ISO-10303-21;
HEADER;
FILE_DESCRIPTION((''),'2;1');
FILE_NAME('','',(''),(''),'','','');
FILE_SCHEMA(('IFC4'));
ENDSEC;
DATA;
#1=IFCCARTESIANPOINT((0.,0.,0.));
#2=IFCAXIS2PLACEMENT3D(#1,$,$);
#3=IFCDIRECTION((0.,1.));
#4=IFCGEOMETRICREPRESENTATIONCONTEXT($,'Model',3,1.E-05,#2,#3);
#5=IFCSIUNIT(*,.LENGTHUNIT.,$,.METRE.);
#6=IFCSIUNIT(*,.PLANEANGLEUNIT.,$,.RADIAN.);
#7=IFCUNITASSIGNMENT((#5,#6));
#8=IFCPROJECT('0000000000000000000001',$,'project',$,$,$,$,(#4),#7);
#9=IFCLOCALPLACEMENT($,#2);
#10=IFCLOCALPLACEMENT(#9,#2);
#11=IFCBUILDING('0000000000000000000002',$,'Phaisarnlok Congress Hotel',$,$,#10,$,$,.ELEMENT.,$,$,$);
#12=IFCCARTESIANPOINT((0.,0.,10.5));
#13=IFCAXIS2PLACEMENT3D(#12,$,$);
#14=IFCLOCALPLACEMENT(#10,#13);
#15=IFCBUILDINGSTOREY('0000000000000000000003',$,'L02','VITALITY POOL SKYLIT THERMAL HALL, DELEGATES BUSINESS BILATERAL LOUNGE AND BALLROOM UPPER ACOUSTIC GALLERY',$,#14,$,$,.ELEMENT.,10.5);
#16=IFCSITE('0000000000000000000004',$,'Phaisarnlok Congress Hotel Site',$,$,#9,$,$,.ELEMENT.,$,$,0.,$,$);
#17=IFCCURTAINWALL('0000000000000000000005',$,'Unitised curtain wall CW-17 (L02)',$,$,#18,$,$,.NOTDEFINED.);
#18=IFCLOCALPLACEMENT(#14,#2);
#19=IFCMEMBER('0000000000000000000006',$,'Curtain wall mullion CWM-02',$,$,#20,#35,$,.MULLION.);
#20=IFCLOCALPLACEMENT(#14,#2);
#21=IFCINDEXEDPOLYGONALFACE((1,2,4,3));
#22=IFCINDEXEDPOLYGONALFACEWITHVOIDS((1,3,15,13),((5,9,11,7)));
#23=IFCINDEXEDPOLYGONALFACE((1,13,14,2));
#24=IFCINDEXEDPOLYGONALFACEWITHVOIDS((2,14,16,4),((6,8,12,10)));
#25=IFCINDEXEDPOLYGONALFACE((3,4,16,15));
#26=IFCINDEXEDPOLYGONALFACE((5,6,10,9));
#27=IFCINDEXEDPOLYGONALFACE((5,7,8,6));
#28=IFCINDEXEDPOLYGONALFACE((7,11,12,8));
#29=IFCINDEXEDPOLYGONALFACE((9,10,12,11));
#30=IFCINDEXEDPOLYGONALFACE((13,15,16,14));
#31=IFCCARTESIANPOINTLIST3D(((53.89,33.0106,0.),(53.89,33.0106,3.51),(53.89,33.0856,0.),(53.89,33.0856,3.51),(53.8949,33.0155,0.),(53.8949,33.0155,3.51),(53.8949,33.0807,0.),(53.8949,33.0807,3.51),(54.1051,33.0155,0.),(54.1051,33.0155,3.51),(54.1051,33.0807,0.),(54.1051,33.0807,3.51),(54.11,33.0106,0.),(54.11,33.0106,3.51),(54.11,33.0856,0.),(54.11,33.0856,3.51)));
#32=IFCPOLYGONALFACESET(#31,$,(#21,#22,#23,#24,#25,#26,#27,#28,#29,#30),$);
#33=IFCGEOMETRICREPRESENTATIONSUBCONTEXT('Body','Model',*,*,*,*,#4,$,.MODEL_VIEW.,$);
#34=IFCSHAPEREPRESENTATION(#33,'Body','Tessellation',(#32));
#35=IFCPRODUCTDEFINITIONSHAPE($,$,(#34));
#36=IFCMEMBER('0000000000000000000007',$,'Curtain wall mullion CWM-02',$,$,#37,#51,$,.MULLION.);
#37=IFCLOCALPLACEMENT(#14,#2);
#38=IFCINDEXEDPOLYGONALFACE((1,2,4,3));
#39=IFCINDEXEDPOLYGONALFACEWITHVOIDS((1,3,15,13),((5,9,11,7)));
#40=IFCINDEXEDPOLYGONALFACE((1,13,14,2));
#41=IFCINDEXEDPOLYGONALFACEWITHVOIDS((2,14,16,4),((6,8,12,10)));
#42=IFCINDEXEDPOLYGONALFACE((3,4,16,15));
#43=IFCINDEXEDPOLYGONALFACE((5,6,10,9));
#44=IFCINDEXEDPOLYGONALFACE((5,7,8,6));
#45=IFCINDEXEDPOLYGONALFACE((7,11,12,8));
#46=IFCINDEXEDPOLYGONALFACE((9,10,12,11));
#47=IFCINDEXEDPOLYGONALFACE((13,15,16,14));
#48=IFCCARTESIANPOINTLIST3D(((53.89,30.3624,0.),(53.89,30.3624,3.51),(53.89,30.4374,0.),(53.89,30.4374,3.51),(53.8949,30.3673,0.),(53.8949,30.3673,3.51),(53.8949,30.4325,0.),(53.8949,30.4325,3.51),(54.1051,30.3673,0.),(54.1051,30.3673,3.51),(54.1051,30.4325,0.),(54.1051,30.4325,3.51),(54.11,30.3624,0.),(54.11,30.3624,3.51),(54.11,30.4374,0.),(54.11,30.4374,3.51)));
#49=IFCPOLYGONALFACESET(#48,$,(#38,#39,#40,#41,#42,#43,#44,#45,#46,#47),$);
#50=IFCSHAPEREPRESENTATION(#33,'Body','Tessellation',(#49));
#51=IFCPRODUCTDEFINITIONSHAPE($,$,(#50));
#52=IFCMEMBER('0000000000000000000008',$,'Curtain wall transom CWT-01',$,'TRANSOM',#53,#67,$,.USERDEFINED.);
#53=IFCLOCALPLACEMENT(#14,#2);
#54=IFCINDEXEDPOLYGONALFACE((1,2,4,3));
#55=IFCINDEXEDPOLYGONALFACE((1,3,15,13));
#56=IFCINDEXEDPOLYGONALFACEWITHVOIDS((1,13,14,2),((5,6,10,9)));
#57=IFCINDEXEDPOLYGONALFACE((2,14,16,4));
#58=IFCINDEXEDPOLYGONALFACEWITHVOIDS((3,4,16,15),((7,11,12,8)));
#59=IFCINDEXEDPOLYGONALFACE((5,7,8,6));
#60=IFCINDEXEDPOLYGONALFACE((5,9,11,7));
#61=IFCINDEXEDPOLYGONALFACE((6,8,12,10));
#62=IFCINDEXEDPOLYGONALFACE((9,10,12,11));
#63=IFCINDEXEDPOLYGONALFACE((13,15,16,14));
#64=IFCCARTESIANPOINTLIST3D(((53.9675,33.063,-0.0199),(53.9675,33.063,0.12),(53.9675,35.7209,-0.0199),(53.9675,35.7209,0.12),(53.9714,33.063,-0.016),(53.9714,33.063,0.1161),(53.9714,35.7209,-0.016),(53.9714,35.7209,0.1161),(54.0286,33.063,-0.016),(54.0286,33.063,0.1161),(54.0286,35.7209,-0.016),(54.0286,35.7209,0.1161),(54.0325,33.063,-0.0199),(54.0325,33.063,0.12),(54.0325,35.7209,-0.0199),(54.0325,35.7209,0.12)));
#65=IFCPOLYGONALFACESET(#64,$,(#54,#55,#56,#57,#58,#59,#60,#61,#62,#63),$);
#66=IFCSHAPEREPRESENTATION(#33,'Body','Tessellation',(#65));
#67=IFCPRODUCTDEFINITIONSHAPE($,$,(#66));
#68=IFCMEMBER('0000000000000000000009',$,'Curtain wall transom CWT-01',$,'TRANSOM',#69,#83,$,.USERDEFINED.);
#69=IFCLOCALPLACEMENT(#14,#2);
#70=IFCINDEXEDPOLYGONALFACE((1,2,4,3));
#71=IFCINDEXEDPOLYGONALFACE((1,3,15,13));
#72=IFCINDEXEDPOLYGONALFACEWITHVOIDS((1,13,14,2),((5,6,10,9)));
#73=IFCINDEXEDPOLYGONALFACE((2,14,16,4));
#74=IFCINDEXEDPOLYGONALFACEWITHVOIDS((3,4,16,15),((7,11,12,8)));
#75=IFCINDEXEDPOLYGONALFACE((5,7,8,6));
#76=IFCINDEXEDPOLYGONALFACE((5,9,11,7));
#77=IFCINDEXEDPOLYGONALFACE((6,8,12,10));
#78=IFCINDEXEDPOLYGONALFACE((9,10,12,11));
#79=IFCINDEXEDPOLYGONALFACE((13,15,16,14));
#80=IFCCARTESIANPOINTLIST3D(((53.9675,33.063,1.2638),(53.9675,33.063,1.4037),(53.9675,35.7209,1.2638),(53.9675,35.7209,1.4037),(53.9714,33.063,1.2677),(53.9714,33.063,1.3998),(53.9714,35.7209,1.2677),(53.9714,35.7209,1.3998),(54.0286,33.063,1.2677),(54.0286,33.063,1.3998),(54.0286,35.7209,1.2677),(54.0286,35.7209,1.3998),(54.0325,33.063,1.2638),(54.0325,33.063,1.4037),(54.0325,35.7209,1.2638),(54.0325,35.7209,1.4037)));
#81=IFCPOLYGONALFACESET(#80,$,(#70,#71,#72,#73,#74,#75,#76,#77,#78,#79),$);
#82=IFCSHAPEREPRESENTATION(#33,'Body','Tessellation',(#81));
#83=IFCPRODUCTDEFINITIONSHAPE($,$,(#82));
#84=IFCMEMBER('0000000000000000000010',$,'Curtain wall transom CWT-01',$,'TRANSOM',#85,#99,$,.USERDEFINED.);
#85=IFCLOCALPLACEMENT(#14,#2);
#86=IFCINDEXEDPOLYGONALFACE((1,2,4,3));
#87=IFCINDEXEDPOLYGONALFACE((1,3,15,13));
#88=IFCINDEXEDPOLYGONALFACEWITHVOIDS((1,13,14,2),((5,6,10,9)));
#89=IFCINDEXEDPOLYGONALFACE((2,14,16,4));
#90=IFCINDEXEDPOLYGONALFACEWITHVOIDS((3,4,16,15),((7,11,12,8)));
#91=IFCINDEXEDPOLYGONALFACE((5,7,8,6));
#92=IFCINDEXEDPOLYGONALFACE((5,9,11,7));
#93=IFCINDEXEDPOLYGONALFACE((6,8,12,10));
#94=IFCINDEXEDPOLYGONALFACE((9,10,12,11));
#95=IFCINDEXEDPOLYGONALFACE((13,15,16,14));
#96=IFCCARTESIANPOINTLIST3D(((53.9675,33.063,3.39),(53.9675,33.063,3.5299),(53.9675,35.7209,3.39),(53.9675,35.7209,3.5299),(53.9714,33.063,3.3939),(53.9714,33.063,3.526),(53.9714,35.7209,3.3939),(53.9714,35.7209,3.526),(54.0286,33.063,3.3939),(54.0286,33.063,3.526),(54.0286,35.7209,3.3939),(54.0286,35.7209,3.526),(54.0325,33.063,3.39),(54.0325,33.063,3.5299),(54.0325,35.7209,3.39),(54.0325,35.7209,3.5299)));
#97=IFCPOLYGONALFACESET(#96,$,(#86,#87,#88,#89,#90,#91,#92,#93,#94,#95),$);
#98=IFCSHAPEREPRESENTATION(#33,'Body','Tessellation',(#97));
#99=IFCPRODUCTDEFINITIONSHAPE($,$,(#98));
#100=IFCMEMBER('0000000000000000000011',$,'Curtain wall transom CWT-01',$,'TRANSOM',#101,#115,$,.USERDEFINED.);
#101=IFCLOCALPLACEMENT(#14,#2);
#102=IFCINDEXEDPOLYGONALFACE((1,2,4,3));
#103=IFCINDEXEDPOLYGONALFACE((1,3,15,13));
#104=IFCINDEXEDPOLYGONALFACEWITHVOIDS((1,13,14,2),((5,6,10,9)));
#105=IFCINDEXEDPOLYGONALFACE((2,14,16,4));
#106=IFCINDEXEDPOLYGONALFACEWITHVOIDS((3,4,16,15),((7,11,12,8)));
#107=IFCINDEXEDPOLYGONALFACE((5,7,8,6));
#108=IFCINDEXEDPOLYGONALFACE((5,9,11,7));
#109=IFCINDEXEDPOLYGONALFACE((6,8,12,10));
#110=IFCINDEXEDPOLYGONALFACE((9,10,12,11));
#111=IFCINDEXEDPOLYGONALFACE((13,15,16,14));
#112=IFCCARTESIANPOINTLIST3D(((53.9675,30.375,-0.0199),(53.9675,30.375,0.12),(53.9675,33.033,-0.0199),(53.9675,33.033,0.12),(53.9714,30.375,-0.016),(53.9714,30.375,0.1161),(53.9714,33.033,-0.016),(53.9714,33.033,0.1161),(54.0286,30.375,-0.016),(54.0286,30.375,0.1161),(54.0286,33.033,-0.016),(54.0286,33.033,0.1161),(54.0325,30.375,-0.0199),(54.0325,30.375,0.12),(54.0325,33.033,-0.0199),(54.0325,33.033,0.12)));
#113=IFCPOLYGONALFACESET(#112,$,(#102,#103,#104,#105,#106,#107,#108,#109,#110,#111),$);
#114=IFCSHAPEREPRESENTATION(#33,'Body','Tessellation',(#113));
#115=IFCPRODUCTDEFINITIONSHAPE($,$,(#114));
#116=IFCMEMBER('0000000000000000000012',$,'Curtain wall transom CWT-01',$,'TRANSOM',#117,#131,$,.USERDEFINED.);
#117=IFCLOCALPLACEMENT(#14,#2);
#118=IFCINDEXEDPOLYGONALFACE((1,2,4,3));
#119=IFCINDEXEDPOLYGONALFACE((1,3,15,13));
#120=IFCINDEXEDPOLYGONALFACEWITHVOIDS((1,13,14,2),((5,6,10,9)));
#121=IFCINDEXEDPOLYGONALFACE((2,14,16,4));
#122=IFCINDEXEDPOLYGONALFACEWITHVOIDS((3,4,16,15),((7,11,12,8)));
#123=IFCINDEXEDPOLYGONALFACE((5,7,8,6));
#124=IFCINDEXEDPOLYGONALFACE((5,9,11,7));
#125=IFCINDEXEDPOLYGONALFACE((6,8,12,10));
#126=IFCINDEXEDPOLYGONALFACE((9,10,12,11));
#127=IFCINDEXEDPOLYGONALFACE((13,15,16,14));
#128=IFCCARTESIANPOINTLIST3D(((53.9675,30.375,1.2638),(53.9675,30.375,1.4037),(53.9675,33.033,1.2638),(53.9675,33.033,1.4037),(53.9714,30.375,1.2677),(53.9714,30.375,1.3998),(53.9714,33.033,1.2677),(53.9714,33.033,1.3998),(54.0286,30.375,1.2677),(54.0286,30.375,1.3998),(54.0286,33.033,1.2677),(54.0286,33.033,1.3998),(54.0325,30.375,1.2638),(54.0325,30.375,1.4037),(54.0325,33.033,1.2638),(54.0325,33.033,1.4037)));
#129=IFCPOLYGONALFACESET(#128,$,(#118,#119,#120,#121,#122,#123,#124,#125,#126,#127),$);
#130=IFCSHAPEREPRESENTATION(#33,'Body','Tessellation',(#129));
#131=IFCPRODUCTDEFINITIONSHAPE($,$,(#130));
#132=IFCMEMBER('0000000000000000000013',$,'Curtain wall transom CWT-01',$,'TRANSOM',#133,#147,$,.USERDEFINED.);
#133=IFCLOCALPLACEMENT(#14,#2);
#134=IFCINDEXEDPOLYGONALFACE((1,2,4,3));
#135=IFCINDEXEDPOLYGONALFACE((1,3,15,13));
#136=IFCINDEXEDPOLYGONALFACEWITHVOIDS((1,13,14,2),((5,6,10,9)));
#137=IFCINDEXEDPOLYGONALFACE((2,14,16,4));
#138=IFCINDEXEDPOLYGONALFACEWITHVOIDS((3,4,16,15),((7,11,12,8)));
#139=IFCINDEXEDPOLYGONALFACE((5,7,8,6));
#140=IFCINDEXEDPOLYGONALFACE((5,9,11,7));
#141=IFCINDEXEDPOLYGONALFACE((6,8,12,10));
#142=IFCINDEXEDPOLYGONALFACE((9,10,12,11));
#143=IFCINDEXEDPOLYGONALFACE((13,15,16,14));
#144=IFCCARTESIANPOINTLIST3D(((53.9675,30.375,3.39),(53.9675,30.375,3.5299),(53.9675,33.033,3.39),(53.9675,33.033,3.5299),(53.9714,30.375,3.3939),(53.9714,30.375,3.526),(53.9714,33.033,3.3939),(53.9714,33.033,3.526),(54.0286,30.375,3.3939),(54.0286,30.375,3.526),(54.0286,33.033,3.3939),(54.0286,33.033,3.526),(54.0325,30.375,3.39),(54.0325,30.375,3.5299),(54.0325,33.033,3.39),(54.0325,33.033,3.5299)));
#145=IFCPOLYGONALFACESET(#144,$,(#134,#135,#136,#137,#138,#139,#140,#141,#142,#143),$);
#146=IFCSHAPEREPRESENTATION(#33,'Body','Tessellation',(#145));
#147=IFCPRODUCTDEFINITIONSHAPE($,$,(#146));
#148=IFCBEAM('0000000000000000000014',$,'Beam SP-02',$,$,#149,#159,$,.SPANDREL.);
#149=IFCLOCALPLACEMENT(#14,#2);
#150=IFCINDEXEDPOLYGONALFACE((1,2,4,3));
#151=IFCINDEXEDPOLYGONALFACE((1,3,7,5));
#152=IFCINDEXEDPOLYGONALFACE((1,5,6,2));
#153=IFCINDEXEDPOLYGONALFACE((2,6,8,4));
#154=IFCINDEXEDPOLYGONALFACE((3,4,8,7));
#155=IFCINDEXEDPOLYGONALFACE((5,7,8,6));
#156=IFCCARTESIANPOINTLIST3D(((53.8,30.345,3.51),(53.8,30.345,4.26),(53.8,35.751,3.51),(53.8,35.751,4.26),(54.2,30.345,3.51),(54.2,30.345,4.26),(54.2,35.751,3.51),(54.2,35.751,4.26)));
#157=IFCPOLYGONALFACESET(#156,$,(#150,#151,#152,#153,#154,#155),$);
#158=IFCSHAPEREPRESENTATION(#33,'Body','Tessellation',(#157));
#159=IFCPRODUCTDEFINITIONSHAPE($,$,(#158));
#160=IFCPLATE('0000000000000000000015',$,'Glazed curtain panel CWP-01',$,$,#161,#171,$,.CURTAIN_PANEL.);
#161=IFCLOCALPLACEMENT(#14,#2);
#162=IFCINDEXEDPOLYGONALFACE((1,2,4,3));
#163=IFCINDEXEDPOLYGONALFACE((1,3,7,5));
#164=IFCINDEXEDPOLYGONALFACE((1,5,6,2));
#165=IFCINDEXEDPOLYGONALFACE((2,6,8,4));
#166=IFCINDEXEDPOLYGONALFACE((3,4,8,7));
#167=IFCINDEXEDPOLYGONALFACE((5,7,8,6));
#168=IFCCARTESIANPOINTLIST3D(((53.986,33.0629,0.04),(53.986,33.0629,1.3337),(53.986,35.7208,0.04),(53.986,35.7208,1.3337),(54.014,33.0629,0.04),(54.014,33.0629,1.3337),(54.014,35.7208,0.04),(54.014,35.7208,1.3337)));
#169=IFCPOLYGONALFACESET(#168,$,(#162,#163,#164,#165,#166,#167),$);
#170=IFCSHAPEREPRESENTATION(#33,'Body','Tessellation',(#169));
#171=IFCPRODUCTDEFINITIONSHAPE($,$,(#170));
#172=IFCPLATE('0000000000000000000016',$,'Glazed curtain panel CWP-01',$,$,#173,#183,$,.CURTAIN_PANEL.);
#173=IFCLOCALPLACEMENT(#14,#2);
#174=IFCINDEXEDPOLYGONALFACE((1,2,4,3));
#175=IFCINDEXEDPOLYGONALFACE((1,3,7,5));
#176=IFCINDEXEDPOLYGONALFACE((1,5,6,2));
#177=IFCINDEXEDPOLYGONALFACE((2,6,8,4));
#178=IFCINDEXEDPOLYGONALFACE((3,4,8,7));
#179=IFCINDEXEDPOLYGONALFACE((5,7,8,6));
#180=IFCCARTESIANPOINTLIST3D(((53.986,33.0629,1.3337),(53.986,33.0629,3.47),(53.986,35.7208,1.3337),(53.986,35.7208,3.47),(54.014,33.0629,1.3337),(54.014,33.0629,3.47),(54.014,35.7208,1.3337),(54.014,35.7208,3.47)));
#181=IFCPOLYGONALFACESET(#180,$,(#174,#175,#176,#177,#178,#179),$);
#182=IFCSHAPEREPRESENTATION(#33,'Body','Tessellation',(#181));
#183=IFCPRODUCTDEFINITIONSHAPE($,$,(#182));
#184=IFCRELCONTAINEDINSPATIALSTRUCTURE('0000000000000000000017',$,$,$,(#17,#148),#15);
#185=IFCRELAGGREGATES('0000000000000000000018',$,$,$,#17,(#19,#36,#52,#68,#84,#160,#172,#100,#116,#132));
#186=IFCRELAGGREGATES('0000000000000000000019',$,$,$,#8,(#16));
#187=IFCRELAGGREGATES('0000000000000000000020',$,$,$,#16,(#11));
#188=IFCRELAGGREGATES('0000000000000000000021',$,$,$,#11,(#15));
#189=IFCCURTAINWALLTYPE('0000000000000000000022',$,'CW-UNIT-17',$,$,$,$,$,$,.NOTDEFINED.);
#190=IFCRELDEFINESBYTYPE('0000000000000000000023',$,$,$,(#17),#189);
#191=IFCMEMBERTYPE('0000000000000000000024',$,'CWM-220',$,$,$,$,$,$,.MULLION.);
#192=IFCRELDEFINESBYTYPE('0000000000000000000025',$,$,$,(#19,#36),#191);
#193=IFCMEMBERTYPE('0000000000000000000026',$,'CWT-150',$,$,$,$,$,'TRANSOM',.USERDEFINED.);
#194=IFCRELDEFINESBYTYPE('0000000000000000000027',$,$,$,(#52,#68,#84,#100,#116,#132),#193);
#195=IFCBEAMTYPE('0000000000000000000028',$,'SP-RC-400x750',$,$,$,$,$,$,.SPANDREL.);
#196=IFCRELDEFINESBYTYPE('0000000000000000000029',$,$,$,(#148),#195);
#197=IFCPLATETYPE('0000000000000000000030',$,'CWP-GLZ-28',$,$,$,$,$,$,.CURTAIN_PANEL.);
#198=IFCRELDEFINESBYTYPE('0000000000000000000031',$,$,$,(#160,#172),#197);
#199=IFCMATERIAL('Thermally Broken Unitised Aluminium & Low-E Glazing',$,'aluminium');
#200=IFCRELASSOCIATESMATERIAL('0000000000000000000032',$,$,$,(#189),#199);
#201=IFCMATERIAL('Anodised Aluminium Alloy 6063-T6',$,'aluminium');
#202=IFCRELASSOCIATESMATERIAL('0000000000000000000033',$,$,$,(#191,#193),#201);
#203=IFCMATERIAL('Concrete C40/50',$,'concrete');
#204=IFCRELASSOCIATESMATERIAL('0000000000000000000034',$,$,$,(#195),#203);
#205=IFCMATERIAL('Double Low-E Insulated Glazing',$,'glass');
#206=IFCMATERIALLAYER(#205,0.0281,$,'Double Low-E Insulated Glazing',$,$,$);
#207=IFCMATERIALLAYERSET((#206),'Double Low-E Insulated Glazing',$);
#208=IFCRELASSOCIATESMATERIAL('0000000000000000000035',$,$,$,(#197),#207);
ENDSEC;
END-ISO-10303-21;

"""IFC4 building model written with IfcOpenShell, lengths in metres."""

from ifc_helpers import new_model, si_unit, direction, frame, frame_2d, origin, origin_2d, place, context, subcontext, project, spatial, rectangle, hollow_rectangle, extrude, material, layer, layer_set, material_profile, profile_set, type_object, element, aggregate, save


model = new_model("IFC4")

# Units and contexts
model_context = context("Model", 3, precision=1e-05, world=origin(), true_north=direction((0.0, 1.0)))
body_context = subcontext(model_context, "Body", "Model", "MODEL_VIEW")
ifc_project = project(units=[si_unit("LENGTHUNIT", "METRE"), si_unit("PLANEANGLEUNIT", "RADIAN")], contexts=[model_context])

# Site, building, storey
site_placement = place(None, origin())
site = spatial("IfcSite", under=ifc_project, at=site_placement, Name="Phaisarnlok Congress Hotel Site", CompositionType="ELEMENT", RefElevation=0.0)
building_placement = place(site_placement, origin())
building = spatial("IfcBuilding", under=site, at=building_placement, Name="Phaisarnlok Congress Hotel", CompositionType="ELEMENT")
storey_placement = place(building_placement, frame((0.0, 0.0, 10.5)))
storey = spatial("IfcBuildingStorey", under=building, at=storey_placement, Name="L02", Description="VITALITY POOL SKYLIT THERMAL HALL, DELEGATES BUSINESS BILATERAL LOUNGE AND BALLROOM UPPER ACOUSTIC GALLERY", CompositionType="ELEMENT", Elevation=10.5)

# Curtain wall, members
ifc_material_1 = material(Name="Thermally Broken Unitised Aluminium & Low-E Glazing", Category="aluminium")
curtain_wall_type = type_object("IfcCurtainWallType", Name="CW-UNIT-17", PredefinedType="NOTDEFINED", material=ifc_material_1)
curtain_wall_placement = place(storey_placement, origin())
curtain_wall = element("IfcCurtainWall", 1, at=curtain_wall_placement, inside=storey, type_object=curtain_wall_type, Name="Unitised curtain wall CW-17 (L02)", PredefinedType="NOTDEFINED")
ifc_material_2 = material(Name="Anodised Aluminium Alloy 6063-T6", Category="aluminium")
ifc_material_profile_1 = material_profile(ifc_material_2, hollow_rectangle(XDim=0.075, YDim=0.22, WallThickness=0.0049, at=origin_2d()), Name="ALU-M 75x220x5")
ifc_profile_set_1 = profile_set([ifc_material_profile_1], Name="Anodised Aluminium Alloy 6063-T6")
member_type_1 = type_object("IfcMemberType", Name="CWM-220", PredefinedType="MULLION", material=ifc_profile_set_1)
member_1_placement = place(storey_placement, frame((54.0, 33.0481, 0.0), z_axis=(0.0, 0.0, 1.0), x_axis=(0.0, -1.0, 0.0)))
member_1 = element("IfcMember", 2, at=member_1_placement, type_object=member_type_1, Name="Curtain wall mullion CWM-02", PredefinedType="MULLION", context=body_context, shape_type="SweptSolid", body=[
    extrude(hollow_rectangle(XDim=0.075, YDim=0.22, WallThickness=0.0049, at=origin_2d()), origin(), (0.0, 0.0, 1.0), 3.51),
])
member_2_placement = place(storey_placement, frame((54.0, 30.3999, 0.0), z_axis=(0.0, 0.0, 1.0), x_axis=(0.0, -1.0, 0.0)))
member_2 = element("IfcMember", 3, at=member_2_placement, type_object=member_type_1, Name="Curtain wall mullion CWM-02", PredefinedType="MULLION", context=body_context, shape_type="SweptSolid", body=[
    extrude(hollow_rectangle(XDim=0.075, YDim=0.22, WallThickness=0.0049, at=origin_2d()), origin(), (0.0, 0.0, 1.0), 3.51),
])
ifc_material_profile_2 = material_profile(ifc_material_2, hollow_rectangle(XDim=0.0649, YDim=0.1399, WallThickness=0.0039, at=origin_2d()), Name="ALU-T 65x140x4")
ifc_profile_set_2 = profile_set([ifc_material_profile_2], Name="Anodised Aluminium Alloy 6063-T6")
member_type_2 = type_object("IfcMemberType", Name="CWT-150", ElementType="TRANSOM", PredefinedType="USERDEFINED", material=ifc_profile_set_2)
member_3_placement = place(storey_placement, frame((54.0, 35.7209, 0.05), z_axis=(0.0, -1.0, 0.0), x_axis=(1.0, 0.0, 0.0)))
member_3 = element("IfcMember", 4, at=member_3_placement, type_object=member_type_2, Name="Curtain wall transom CWT-01", ObjectType="TRANSOM", PredefinedType="USERDEFINED", context=body_context, shape_type="SweptSolid", body=[
    extrude(hollow_rectangle(XDim=0.0649, YDim=0.1399, WallThickness=0.0039, at=origin_2d()), origin(), (0.0, 0.0, 1.0), 2.658),
])
member_4_placement = place(storey_placement, frame((54.0, 35.7209, 1.3337), z_axis=(0.0, -1.0, 0.0), x_axis=(1.0, 0.0, 0.0)))
member_4 = element("IfcMember", 5, at=member_4_placement, type_object=member_type_2, Name="Curtain wall transom CWT-01", ObjectType="TRANSOM", PredefinedType="USERDEFINED", context=body_context, shape_type="SweptSolid", body=[
    extrude(hollow_rectangle(XDim=0.0649, YDim=0.1399, WallThickness=0.0039, at=origin_2d()), origin(), (0.0, 0.0, 1.0), 2.658),
])
member_5_placement = place(storey_placement, frame((54.0, 35.7209, 3.46), z_axis=(0.0, -1.0, 0.0), x_axis=(1.0, 0.0, 0.0)))
member_5 = element("IfcMember", 6, at=member_5_placement, type_object=member_type_2, Name="Curtain wall transom CWT-01", ObjectType="TRANSOM", PredefinedType="USERDEFINED", context=body_context, shape_type="SweptSolid", body=[
    extrude(hollow_rectangle(XDim=0.0649, YDim=0.1399, WallThickness=0.0039, at=origin_2d()), origin(), (0.0, 0.0, 1.0), 2.658),
])
member_6_placement = place(storey_placement, frame((54.0, 33.033, 0.05), z_axis=(0.0, -1.0, 0.0), x_axis=(1.0, 0.0, 0.0)))
member_6 = element("IfcMember", 7, at=member_6_placement, type_object=member_type_2, Name="Curtain wall transom CWT-01", ObjectType="TRANSOM", PredefinedType="USERDEFINED", context=body_context, shape_type="SweptSolid", body=[
    extrude(hollow_rectangle(XDim=0.0649, YDim=0.1399, WallThickness=0.0039, at=origin_2d()), origin(), (0.0, 0.0, 1.0), 2.658),
])
member_7_placement = place(storey_placement, frame((54.0, 33.033, 1.3337), z_axis=(0.0, -1.0, 0.0), x_axis=(1.0, 0.0, 0.0)))
member_7 = element("IfcMember", 8, at=member_7_placement, type_object=member_type_2, Name="Curtain wall transom CWT-01", ObjectType="TRANSOM", PredefinedType="USERDEFINED", context=body_context, shape_type="SweptSolid", body=[
    extrude(hollow_rectangle(XDim=0.0649, YDim=0.1399, WallThickness=0.0039, at=origin_2d()), origin(), (0.0, 0.0, 1.0), 2.658),
])
member_8_placement = place(storey_placement, frame((54.0, 33.033, 3.46), z_axis=(0.0, -1.0, 0.0), x_axis=(1.0, 0.0, 0.0)))
member_8 = element("IfcMember", 9, at=member_8_placement, type_object=member_type_2, Name="Curtain wall transom CWT-01", ObjectType="TRANSOM", PredefinedType="USERDEFINED", context=body_context, shape_type="SweptSolid", body=[
    extrude(hollow_rectangle(XDim=0.0649, YDim=0.1399, WallThickness=0.0039, at=origin_2d()), origin(), (0.0, 0.0, 1.0), 2.658),
])

# Beam
ifc_material_3 = material(Name="Concrete C40/50", Category="concrete")
ifc_material_profile_3 = material_profile(ifc_material_3, rectangle(XDim=0.3999, YDim=0.75, at=origin_2d()), Name="RC 400x750")
ifc_profile_set_3 = profile_set([ifc_material_profile_3], Name="Concrete C40/50")
beam_type = type_object("IfcBeamType", Name="SP-RC-400x750", PredefinedType="SPANDREL", material=ifc_profile_set_3)
beam_placement = place(storey_placement, frame((54.0, 30.345, 3.885), z_axis=(0.0, 1.0, 0.0), x_axis=(-1.0, 0.0, 0.0)))
element("IfcBeam", 10, at=beam_placement, inside=storey, type_object=beam_type, Name="Beam SP-02", PredefinedType="SPANDREL", context=body_context, shape_type="SweptSolid", body=[
    extrude(rectangle(XDim=0.3999, YDim=0.75, at=origin_2d()), origin(), (0.0, 0.0, 1.0), 5.406),
])

# Plates
ifc_material_4 = material(Name="Double Low-E Insulated Glazing", Category="glass")
ifc_layer_1 = layer(ifc_material_4, 0.0281, Name="Double Low-E Insulated Glazing")
ifc_layer_set_1 = layer_set([ifc_layer_1], Name="Double Low-E Insulated Glazing")
plate_type_1 = type_object("IfcPlateType", Name="CWP-GLZ-28", PredefinedType="CURTAIN_PANEL", material=ifc_layer_set_1)
plate_1_placement = place(storey_placement, frame((54.0, 35.7209, 0.04), z_axis=(0.0, 0.0, 1.0), x_axis=(0.0, -1.0, 0.0)))
plate_1 = element("IfcPlate", 11, at=plate_1_placement, type_object=plate_type_1, Name="Glazed curtain panel CWP-01", PredefinedType="CURTAIN_PANEL", context=body_context, shape_type="SweptSolid", body=[
    extrude(rectangle(XDim=2.658, YDim=0.0281, at=frame_2d((1.3291, 0.0))), origin(), (0.0, 0.0, 1.0), 1.2937),
])
plate_2_placement = place(storey_placement, frame((54.0, 35.7209, 1.3337), z_axis=(0.0, 0.0, 1.0), x_axis=(0.0, -1.0, 0.0)))
plate_2 = element("IfcPlate", 12, at=plate_2_placement, type_object=plate_type_1, Name="Glazed curtain panel CWP-01", PredefinedType="CURTAIN_PANEL", context=body_context, shape_type="SweptSolid", body=[
    extrude(rectangle(XDim=2.658, YDim=0.0281, at=frame_2d((1.3291, 0.0))), origin(), (0.0, 0.0, 1.0), 2.1362),
])
aggregate(curtain_wall, [member_1, member_2, member_3, member_4, member_5, plate_1, plate_2, member_6, member_7, member_8])

save(model, "model.ifc")
